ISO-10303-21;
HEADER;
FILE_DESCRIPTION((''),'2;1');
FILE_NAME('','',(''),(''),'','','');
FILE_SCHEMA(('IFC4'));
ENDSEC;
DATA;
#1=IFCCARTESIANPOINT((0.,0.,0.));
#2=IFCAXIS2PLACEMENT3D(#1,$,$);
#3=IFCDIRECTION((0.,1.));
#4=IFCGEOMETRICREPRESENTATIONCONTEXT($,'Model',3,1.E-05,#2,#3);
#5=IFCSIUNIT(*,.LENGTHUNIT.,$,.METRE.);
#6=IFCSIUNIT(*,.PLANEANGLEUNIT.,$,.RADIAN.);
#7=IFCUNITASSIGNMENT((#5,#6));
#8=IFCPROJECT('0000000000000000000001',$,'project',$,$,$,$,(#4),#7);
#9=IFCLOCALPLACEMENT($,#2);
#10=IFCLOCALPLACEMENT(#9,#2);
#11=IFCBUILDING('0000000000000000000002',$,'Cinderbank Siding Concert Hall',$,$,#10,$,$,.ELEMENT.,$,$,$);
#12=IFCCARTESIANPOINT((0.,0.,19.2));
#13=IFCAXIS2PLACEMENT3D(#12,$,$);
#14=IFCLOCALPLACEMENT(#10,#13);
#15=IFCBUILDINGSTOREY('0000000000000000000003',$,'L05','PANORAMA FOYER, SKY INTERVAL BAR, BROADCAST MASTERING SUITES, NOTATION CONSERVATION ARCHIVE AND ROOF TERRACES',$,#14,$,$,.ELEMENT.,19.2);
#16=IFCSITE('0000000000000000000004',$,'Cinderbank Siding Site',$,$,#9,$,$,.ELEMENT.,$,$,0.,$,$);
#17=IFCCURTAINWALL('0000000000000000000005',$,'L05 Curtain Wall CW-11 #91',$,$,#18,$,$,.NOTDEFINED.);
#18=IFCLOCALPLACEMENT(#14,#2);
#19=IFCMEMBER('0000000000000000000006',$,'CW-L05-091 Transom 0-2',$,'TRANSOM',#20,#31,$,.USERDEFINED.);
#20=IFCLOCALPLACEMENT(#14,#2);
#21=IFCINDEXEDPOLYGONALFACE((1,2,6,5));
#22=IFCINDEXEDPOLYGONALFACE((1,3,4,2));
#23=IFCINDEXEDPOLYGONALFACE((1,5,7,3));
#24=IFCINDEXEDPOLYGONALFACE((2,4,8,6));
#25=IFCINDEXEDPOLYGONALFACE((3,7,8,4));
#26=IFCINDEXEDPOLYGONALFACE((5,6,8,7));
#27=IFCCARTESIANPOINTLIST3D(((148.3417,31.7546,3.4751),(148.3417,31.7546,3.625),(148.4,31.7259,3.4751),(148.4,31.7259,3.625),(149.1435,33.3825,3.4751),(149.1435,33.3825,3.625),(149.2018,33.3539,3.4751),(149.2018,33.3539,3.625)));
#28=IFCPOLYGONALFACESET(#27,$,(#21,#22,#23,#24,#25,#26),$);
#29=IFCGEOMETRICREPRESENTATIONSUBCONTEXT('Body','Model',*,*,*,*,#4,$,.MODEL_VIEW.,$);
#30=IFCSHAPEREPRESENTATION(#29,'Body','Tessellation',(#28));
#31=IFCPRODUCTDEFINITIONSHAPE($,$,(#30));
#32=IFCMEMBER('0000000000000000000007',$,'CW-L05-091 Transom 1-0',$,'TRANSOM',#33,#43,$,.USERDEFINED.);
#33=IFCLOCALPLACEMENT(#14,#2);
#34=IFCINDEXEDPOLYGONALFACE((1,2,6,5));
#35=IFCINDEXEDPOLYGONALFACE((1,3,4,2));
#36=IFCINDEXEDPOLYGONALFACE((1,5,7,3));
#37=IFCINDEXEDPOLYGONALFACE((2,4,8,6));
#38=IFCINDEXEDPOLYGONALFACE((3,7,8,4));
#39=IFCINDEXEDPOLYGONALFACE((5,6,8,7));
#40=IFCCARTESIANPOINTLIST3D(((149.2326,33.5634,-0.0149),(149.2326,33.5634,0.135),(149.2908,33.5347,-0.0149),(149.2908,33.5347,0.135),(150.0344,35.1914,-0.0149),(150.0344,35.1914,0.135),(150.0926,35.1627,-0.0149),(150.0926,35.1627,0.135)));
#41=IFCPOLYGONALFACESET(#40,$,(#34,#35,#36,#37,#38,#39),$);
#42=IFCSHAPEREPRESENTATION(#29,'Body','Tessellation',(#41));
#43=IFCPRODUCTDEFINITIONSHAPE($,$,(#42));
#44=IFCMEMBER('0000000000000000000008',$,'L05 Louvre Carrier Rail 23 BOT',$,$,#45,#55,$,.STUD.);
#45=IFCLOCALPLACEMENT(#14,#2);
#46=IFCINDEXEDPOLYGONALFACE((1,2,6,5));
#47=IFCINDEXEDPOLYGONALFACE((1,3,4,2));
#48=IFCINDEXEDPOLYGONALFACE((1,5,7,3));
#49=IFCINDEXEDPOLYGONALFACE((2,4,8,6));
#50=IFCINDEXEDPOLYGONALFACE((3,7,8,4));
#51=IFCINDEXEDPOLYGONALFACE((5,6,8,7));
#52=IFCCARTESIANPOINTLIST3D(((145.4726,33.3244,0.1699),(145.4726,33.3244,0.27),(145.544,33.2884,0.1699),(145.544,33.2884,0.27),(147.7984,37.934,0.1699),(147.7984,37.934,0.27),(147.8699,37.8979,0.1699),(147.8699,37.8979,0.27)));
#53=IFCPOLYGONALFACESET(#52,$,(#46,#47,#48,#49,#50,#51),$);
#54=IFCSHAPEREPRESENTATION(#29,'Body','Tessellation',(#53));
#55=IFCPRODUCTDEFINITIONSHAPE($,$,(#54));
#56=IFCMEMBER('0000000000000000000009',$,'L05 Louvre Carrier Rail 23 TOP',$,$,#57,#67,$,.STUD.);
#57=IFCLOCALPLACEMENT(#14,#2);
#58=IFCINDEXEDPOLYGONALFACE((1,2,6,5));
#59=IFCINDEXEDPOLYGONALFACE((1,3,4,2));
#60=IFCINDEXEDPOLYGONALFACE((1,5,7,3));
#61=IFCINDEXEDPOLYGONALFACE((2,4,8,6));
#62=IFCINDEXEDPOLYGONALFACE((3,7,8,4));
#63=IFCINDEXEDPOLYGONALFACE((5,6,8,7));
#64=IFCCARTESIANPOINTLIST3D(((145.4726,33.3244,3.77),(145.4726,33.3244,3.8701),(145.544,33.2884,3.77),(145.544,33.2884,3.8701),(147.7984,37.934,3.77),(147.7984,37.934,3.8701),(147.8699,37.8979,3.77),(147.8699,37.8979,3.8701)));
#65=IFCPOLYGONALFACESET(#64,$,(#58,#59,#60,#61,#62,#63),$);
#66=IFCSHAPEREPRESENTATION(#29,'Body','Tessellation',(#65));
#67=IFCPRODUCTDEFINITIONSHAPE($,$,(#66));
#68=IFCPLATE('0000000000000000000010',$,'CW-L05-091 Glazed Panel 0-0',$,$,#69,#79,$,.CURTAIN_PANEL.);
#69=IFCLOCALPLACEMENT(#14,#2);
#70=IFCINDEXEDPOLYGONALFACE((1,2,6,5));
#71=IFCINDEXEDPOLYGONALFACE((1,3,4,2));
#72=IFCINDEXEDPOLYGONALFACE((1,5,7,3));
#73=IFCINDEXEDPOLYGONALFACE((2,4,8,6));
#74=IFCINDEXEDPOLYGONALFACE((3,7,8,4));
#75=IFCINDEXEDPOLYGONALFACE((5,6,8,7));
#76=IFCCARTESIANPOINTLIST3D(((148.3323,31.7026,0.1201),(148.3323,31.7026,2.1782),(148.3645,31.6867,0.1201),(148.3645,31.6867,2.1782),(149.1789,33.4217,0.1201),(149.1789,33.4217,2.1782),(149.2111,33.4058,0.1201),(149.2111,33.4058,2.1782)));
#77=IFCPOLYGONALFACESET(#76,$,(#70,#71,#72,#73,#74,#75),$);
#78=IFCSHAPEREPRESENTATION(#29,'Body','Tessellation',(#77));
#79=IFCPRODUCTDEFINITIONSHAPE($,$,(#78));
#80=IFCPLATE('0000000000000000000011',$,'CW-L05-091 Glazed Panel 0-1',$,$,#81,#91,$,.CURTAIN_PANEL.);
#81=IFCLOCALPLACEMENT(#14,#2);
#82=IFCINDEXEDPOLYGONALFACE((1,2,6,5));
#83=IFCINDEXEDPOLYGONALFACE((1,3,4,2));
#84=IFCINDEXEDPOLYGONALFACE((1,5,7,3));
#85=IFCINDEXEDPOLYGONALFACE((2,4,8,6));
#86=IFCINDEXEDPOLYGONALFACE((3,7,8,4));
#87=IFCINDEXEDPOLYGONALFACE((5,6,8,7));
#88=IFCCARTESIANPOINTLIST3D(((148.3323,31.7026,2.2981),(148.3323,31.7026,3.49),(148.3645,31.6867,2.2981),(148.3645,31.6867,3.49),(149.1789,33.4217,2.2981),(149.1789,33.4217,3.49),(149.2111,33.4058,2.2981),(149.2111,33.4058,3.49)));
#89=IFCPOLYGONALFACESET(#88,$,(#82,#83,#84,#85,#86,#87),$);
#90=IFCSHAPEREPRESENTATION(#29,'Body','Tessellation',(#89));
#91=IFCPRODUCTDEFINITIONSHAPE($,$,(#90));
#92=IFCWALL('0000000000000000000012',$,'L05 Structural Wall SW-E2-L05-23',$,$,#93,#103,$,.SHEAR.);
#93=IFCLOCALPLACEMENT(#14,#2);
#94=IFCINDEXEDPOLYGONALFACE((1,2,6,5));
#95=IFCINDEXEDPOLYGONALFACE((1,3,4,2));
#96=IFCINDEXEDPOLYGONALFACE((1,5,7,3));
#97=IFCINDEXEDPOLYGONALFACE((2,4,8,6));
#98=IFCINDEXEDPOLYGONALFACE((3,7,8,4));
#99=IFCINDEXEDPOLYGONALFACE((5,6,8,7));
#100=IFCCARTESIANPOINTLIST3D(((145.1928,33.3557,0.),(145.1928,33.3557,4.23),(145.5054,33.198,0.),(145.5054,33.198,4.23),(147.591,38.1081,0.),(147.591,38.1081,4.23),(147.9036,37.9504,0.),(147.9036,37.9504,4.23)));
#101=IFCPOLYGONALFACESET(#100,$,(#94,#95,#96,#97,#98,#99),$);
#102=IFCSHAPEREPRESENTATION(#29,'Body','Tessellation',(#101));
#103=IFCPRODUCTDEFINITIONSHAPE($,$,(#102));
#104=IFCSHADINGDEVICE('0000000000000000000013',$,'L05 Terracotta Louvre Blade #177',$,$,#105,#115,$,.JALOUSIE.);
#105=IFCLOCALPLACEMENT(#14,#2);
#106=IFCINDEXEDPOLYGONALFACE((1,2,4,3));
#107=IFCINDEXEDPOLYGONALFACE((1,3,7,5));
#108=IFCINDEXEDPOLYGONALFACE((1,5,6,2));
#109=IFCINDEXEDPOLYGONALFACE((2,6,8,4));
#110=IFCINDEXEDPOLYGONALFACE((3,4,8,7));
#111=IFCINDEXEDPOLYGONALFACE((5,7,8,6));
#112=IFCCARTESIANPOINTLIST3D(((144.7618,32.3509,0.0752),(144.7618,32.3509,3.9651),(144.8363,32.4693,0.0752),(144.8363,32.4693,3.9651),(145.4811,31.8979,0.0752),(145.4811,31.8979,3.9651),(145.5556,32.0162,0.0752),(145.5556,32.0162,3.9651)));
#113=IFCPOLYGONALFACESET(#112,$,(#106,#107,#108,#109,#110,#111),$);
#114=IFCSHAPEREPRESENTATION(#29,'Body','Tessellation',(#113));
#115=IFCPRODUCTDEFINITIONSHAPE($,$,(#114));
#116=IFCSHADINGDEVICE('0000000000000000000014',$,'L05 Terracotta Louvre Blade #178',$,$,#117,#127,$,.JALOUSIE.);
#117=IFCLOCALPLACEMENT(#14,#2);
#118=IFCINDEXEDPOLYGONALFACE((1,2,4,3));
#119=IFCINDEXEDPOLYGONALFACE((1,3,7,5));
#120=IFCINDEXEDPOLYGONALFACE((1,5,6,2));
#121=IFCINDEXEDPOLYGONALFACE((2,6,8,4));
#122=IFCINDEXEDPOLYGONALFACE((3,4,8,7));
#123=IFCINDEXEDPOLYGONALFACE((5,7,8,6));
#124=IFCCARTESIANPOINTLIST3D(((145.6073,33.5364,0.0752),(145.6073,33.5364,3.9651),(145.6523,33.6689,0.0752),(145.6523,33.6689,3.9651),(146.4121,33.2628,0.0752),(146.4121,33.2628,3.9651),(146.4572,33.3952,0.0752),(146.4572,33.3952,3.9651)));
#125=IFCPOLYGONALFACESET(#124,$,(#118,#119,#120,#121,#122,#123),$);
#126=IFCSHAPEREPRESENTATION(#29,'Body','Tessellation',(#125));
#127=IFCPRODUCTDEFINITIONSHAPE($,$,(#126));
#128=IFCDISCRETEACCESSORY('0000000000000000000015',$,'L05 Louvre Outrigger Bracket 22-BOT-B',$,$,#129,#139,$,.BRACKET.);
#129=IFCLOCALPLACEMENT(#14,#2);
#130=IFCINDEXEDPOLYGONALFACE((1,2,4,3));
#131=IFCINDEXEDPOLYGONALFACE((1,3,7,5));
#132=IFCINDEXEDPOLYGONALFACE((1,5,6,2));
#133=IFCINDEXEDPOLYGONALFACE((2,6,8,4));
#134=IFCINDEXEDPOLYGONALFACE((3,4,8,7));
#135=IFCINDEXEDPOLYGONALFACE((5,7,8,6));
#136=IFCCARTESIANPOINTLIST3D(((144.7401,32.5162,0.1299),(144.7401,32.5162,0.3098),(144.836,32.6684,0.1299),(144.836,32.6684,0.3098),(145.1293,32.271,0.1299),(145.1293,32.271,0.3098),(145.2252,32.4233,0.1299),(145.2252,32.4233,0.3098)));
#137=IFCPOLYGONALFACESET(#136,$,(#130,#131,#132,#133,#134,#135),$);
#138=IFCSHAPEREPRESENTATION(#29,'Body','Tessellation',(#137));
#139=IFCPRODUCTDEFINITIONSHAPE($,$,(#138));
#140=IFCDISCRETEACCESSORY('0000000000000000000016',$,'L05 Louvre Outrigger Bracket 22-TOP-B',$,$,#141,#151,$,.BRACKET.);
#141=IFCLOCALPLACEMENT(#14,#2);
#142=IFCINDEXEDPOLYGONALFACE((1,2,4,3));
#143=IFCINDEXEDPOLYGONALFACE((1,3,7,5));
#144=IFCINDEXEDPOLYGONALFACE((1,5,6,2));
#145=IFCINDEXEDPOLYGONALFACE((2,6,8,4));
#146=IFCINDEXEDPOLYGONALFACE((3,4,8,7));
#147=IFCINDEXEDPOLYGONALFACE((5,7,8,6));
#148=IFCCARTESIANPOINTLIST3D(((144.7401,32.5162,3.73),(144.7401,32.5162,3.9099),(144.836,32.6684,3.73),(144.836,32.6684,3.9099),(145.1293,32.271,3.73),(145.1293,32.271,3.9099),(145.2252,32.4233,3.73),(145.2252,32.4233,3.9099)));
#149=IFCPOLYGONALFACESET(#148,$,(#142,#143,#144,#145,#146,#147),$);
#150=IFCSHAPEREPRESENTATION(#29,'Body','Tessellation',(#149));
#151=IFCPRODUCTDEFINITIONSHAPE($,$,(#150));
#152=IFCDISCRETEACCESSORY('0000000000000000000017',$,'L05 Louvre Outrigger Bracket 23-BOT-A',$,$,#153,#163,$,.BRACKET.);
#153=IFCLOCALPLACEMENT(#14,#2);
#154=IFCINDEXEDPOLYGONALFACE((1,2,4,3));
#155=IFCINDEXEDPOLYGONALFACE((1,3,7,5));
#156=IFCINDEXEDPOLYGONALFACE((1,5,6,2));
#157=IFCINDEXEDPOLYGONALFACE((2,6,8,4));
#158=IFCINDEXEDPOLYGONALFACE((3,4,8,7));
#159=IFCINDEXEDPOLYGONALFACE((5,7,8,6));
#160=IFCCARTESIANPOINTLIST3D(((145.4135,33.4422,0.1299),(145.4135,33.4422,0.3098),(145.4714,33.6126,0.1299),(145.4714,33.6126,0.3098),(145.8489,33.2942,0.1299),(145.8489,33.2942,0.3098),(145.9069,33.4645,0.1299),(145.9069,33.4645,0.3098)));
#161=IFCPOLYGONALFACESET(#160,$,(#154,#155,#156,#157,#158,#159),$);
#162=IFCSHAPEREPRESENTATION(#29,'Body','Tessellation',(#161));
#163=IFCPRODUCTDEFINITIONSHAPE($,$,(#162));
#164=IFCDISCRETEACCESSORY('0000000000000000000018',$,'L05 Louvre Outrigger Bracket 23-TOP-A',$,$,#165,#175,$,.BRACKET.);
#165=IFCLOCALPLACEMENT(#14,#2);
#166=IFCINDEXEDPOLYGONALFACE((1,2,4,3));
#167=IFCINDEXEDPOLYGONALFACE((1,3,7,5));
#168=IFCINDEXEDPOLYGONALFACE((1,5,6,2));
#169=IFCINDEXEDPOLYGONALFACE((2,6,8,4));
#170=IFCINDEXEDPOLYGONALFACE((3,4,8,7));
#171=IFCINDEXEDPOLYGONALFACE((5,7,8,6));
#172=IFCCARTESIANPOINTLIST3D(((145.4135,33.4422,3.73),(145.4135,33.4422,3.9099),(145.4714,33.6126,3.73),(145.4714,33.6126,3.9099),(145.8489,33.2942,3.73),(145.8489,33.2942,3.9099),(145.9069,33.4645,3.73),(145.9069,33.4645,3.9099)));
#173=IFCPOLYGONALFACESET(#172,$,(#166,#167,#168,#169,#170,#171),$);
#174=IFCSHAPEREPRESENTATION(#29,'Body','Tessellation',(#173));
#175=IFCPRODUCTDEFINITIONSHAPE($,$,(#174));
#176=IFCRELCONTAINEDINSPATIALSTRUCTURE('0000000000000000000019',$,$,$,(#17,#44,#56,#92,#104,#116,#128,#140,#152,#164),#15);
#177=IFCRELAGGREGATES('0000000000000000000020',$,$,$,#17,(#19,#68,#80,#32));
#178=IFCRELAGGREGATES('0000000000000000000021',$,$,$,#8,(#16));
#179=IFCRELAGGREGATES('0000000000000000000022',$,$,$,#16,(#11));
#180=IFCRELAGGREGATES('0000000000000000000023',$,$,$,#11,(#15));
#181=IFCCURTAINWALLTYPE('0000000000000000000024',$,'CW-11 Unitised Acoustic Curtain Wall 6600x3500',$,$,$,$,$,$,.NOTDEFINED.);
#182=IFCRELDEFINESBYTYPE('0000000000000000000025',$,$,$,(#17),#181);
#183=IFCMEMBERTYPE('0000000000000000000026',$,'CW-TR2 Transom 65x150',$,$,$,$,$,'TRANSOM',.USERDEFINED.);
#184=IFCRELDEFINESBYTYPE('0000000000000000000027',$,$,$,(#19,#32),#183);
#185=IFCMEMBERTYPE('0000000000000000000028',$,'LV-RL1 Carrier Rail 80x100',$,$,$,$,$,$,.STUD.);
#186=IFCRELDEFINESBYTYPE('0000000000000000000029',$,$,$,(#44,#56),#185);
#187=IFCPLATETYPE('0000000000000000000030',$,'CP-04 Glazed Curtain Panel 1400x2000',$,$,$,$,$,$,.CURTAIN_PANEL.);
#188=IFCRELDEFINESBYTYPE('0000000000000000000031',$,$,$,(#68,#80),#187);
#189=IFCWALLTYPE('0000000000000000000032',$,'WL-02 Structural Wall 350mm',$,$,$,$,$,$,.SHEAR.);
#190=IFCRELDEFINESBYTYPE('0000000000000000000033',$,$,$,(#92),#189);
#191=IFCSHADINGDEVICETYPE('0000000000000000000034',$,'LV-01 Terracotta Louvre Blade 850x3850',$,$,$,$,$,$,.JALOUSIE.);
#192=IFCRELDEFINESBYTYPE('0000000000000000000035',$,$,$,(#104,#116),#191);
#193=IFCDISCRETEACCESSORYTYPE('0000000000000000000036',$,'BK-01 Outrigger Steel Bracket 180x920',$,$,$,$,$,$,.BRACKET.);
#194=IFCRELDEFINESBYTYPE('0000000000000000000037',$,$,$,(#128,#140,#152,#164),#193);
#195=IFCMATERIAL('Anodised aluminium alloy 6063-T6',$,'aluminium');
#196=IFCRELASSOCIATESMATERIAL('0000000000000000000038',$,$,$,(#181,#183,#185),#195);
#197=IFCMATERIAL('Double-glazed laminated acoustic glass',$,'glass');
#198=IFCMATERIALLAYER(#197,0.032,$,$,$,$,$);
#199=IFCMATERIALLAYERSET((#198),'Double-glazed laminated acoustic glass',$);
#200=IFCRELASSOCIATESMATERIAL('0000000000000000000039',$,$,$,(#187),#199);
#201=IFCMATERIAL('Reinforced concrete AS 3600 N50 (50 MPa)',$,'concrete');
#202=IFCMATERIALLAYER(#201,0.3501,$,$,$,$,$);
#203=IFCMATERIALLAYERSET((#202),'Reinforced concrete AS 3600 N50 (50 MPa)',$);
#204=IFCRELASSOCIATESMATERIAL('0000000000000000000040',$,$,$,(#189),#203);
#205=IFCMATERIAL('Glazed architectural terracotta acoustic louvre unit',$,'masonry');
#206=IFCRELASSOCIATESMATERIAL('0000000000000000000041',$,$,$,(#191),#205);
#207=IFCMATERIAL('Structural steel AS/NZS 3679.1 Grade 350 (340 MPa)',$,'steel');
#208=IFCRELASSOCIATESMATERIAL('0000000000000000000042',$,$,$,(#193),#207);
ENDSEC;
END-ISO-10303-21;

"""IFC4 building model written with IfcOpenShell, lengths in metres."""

from ifc_helpers import new_model, si_unit, direction, frame, frame_2d, origin, origin_2d, place, context, subcontext, project, spatial, rectangle, extrude, material, layer, layer_set, material_profile, profile_set, type_object, element, aggregate, save


model = new_model("IFC4")

# Units and contexts
model_context = context("Model", 3, precision=1e-05, world=origin(), true_north=direction((0.0, 1.0)))
body_context = subcontext(model_context, "Body", "Model", "MODEL_VIEW")
ifc_project = project(units=[si_unit("LENGTHUNIT", "METRE"), si_unit("PLANEANGLEUNIT", "RADIAN")], contexts=[model_context])

# Site, building, storey
site_placement = place(None, origin())
site = spatial("IfcSite", under=ifc_project, at=site_placement, Name="Cinderbank Siding Site", CompositionType="ELEMENT", RefElevation=0.0)
building_placement = place(site_placement, origin())
building = spatial("IfcBuilding", under=site, at=building_placement, Name="Cinderbank Siding Concert Hall", CompositionType="ELEMENT")
storey_placement = place(building_placement, frame((0.0, 0.0, 19.2)))
storey = spatial("IfcBuildingStorey", under=building, at=storey_placement, Name="L05", Description="PANORAMA FOYER, SKY INTERVAL BAR, BROADCAST MASTERING SUITES, NOTATION CONSERVATION ARCHIVE AND ROOF TERRACES", CompositionType="ELEMENT", Elevation=19.2)

# Shared definitions
ifc_material_1 = material(Name="Reinforced concrete AS 3600 N50 (50 MPa)", Category="concrete")

# Shared definitions
ifc_material_2 = material(Name="Structural steel AS/NZS 3679.1 Grade 350 (340 MPa)", Category="steel")

# Curtain wall, members
ifc_material_3 = material(Name="Anodised aluminium alloy 6063-T6", Category="aluminium")
curtain_wall_type = type_object("IfcCurtainWallType", Name="CW-11 Unitised Acoustic Curtain Wall 6600x3500", PredefinedType="NOTDEFINED", material=ifc_material_3)
curtain_wall_placement = place(storey_placement, origin())
curtain_wall = element("IfcCurtainWall", 1, at=curtain_wall_placement, inside=storey, type_object=curtain_wall_type, Name="L05 Curtain Wall CW-11 #91", PredefinedType="NOTDEFINED")
ifc_material_profile_1 = material_profile(ifc_material_3, rectangle(XDim=0.0649, YDim=0.1499, at=origin_2d()), Name="ALU-TRAN-65x150", Category="LoadBearing")
ifc_profile_set_1 = profile_set([ifc_material_profile_1], Name="Anodised aluminium alloy 6063-T6")
member_type_1 = type_object("IfcMemberType", Name="CW-TR2 Transom 65x150", ElementType="TRANSOM", PredefinedType="USERDEFINED", material=ifc_profile_set_1)
member_1_placement = place(storey_placement, frame((148.3708, 31.7402, 3.55), z_axis=(0.441824, 0.897102, 0.0), x_axis=(-0.897102, 0.441824, 0.0)))
member_1 = element("IfcMember", 2, at=member_1_placement, type_object=member_type_1, Name="CW-L05-091 Transom 0-2", ObjectType="TRANSOM", PredefinedType="USERDEFINED", context=body_context, shape_type="SweptSolid", body=[
    extrude(rectangle(XDim=0.0649, YDim=0.1499, at=origin_2d()), origin(), (0.0, 0.0, 1.0), 1.8147),
])
member_2_placement = place(storey_placement, frame((149.2617, 33.5491, 0.0601), z_axis=(0.441824, 0.897102, 0.0), x_axis=(-0.897102, 0.441824, 0.0)))
member_2 = element("IfcMember", 3, at=member_2_placement, type_object=member_type_1, Name="CW-L05-091 Transom 1-0", ObjectType="TRANSOM", PredefinedType="USERDEFINED", context=body_context, shape_type="SweptSolid", body=[
    extrude(rectangle(XDim=0.0649, YDim=0.1499, at=origin_2d()), origin(), (0.0, 0.0, 1.0), 1.8147),
])

# Members
ifc_material_profile_2 = material_profile(ifc_material_3, rectangle(XDim=0.0801, YDim=0.1001, at=origin_2d()), Name="ALU-RAIL-80x100", Category="LoadBearing")
ifc_profile_set_2 = profile_set([ifc_material_profile_2], Name="Anodised aluminium alloy 6063-T6")
member_type_2 = type_object("IfcMemberType", Name="LV-RL1 Carrier Rail 80x100", PredefinedType="STUD", material=ifc_profile_set_2)
for number, where, z_axis, x_axis, name in (
    (4, (145.5083, 33.3064, 0.22), (0.450483, 0.892785, 0.0), (-0.892785, 0.450483, 0.0), "L05 Louvre Carrier Rail 23 BOT"),
    (5, (145.5083, 33.3064, 3.8201), (0.450483, 0.892785, 0.0), (-0.892785, 0.450483, 0.0), "L05 Louvre Carrier Rail 23 TOP"),
):
    element("IfcMember", number, at=place(storey_placement, frame(where, z_axis=z_axis, x_axis=x_axis)), inside=storey, type_object=member_type_2, Name=name, PredefinedType="STUD", context=body_context, shape_type="SweptSolid", body=[
        extrude(rectangle(XDim=0.0801, YDim=0.1001, at=origin_2d()), origin(), (0.0, 0.0, 1.0), 5.1631),
    ])

# Plates
ifc_material_4 = material(Name="Double-glazed laminated acoustic glass", Category="glass")
ifc_layer_1 = layer(ifc_material_4, 0.032)
ifc_layer_set_1 = layer_set([ifc_layer_1], Name="Double-glazed laminated acoustic glass")
plate_type = type_object("IfcPlateType", Name="CP-04 Glazed Curtain Panel 1400x2000", PredefinedType="CURTAIN_PANEL", material=ifc_layer_set_1)
plate_1_placement = place(storey_placement, frame((148.7717, 32.5542, 0.1201), z_axis=(0.0, 0.0, 1.0), x_axis=(0.441816, 0.897105, 0.0)))
plate_1 = element("IfcPlate", 6, at=plate_1_placement, type_object=plate_type, Name="CW-L05-091 Glazed Panel 0-0", PredefinedType="CURTAIN_PANEL", context=body_context, shape_type="SweptSolid", body=[
    extrude(rectangle(XDim=1.9163, YDim=0.0359, at=origin_2d()), origin(), (0.0, 0.0, 1.0), 2.0581),
])
plate_2_placement = place(storey_placement, frame((148.7717, 32.5542, 2.2981), z_axis=(0.0, 0.0, 1.0), x_axis=(0.441816, 0.897105, 0.0)))
plate_2 = element("IfcPlate", 7, at=plate_2_placement, type_object=plate_type, Name="CW-L05-091 Glazed Panel 0-1", PredefinedType="CURTAIN_PANEL", context=body_context, shape_type="SweptSolid", body=[
    extrude(rectangle(XDim=1.9163, YDim=0.0359, at=origin_2d()), origin(), (0.0, 0.0, 1.0), 1.1919),
])
aggregate(curtain_wall, [member_1, plate_1, plate_2, member_2])

# Wall
ifc_layer_2 = layer(ifc_material_1, 0.3501)
ifc_layer_set_2 = layer_set([ifc_layer_2], Name="Reinforced concrete AS 3600 N50 (50 MPa)")
wall_type = type_object("IfcWallType", Name="WL-02 Structural Wall 350mm", PredefinedType="SHEAR", material=ifc_layer_set_2)
wall_placement = place(storey_placement, frame((145.3491, 33.2769, 0.0), z_axis=(0.0, 0.0, 1.0), x_axis=(0.450513, 0.89277, 0.0)))
element("IfcWall", 8, at=wall_placement, inside=storey, type_object=wall_type, Name="L05 Structural Wall SW-E2-L05-23", PredefinedType="SHEAR", context=body_context, shape_type="SweptSolid", body=[
    extrude(rectangle(XDim=5.3232, YDim=0.3501, at=frame_2d((2.6616, 0.0))), origin(), (0.0, 0.0, 1.0), 4.23),
])

# Shading devices
ifc_material_5 = material(Name="Glazed architectural terracotta acoustic louvre unit", Category="masonry")
shading_device_type = type_object("IfcShadingDeviceType", Name="LV-01 Terracotta Louvre Blade 850x3850", PredefinedType="JALOUSIE", material=ifc_material_5)
for number, where, z_axis, x_axis, name in (
    (9, (145.1587, 32.1836, 0.0752), (0.0, 0.0, 1.0), (0.846132, -0.532973, 0.0), "L05 Terracotta Louvre Blade #177"),
    (10, (146.0322, 33.4658, 0.0752), (0.0, 0.0, 1.0), (0.946765, -0.321924, 0.0), "L05 Terracotta Louvre Blade #178"),
):
    element("IfcShadingDevice", number, at=place(storey_placement, frame(where, z_axis=z_axis, x_axis=x_axis)), inside=storey, type_object=shading_device_type, Name=name, PredefinedType="JALOUSIE", context=body_context, shape_type="SweptSolid", body=[
        extrude(rectangle(XDim=0.8501, YDim=0.1399, at=origin_2d()), origin(), (0.0, 0.0, 1.0), 3.8899),
    ])

# Discrete accessories
discrete_accessory_type = type_object("IfcDiscreteAccessoryType", Name="BK-01 Outrigger Steel Bracket 180x920", PredefinedType="BRACKET", material=ifc_material_2)
for number, where, z_axis, x_axis, name in (
    (11, (144.9827, 32.4697, 0.1299), (0.0, 0.0, 1.0), (0.846132, -0.532973, 0.0), "L05 Louvre Outrigger Bracket 22-BOT-B"),
    (12, (144.9827, 32.4697, 3.73), (0.0, 0.0, 1.0), (0.846132, -0.532973, 0.0), "L05 Louvre Outrigger Bracket 22-TOP-B"),
    (13, (145.6602, 33.4534, 0.1299), (0.0, 0.0, 1.0), (0.946765, -0.321924, 0.0), "L05 Louvre Outrigger Bracket 23-BOT-A"),
    (14, (145.6602, 33.4534, 3.73), (0.0, 0.0, 1.0), (0.946765, -0.321924, 0.0), "L05 Louvre Outrigger Bracket 23-TOP-A"),
):
    element("IfcDiscreteAccessory", number, at=place(storey_placement, frame(where, z_axis=z_axis, x_axis=x_axis)), inside=storey, type_object=discrete_accessory_type, Name=name, PredefinedType="BRACKET", context=body_context, shape_type="SweptSolid", body=[
        extrude(rectangle(XDim=0.46, YDim=0.1799, at=origin_2d()), origin(), (0.0, 0.0, 1.0), 0.1799),
    ])

save(model, "model.ifc")
